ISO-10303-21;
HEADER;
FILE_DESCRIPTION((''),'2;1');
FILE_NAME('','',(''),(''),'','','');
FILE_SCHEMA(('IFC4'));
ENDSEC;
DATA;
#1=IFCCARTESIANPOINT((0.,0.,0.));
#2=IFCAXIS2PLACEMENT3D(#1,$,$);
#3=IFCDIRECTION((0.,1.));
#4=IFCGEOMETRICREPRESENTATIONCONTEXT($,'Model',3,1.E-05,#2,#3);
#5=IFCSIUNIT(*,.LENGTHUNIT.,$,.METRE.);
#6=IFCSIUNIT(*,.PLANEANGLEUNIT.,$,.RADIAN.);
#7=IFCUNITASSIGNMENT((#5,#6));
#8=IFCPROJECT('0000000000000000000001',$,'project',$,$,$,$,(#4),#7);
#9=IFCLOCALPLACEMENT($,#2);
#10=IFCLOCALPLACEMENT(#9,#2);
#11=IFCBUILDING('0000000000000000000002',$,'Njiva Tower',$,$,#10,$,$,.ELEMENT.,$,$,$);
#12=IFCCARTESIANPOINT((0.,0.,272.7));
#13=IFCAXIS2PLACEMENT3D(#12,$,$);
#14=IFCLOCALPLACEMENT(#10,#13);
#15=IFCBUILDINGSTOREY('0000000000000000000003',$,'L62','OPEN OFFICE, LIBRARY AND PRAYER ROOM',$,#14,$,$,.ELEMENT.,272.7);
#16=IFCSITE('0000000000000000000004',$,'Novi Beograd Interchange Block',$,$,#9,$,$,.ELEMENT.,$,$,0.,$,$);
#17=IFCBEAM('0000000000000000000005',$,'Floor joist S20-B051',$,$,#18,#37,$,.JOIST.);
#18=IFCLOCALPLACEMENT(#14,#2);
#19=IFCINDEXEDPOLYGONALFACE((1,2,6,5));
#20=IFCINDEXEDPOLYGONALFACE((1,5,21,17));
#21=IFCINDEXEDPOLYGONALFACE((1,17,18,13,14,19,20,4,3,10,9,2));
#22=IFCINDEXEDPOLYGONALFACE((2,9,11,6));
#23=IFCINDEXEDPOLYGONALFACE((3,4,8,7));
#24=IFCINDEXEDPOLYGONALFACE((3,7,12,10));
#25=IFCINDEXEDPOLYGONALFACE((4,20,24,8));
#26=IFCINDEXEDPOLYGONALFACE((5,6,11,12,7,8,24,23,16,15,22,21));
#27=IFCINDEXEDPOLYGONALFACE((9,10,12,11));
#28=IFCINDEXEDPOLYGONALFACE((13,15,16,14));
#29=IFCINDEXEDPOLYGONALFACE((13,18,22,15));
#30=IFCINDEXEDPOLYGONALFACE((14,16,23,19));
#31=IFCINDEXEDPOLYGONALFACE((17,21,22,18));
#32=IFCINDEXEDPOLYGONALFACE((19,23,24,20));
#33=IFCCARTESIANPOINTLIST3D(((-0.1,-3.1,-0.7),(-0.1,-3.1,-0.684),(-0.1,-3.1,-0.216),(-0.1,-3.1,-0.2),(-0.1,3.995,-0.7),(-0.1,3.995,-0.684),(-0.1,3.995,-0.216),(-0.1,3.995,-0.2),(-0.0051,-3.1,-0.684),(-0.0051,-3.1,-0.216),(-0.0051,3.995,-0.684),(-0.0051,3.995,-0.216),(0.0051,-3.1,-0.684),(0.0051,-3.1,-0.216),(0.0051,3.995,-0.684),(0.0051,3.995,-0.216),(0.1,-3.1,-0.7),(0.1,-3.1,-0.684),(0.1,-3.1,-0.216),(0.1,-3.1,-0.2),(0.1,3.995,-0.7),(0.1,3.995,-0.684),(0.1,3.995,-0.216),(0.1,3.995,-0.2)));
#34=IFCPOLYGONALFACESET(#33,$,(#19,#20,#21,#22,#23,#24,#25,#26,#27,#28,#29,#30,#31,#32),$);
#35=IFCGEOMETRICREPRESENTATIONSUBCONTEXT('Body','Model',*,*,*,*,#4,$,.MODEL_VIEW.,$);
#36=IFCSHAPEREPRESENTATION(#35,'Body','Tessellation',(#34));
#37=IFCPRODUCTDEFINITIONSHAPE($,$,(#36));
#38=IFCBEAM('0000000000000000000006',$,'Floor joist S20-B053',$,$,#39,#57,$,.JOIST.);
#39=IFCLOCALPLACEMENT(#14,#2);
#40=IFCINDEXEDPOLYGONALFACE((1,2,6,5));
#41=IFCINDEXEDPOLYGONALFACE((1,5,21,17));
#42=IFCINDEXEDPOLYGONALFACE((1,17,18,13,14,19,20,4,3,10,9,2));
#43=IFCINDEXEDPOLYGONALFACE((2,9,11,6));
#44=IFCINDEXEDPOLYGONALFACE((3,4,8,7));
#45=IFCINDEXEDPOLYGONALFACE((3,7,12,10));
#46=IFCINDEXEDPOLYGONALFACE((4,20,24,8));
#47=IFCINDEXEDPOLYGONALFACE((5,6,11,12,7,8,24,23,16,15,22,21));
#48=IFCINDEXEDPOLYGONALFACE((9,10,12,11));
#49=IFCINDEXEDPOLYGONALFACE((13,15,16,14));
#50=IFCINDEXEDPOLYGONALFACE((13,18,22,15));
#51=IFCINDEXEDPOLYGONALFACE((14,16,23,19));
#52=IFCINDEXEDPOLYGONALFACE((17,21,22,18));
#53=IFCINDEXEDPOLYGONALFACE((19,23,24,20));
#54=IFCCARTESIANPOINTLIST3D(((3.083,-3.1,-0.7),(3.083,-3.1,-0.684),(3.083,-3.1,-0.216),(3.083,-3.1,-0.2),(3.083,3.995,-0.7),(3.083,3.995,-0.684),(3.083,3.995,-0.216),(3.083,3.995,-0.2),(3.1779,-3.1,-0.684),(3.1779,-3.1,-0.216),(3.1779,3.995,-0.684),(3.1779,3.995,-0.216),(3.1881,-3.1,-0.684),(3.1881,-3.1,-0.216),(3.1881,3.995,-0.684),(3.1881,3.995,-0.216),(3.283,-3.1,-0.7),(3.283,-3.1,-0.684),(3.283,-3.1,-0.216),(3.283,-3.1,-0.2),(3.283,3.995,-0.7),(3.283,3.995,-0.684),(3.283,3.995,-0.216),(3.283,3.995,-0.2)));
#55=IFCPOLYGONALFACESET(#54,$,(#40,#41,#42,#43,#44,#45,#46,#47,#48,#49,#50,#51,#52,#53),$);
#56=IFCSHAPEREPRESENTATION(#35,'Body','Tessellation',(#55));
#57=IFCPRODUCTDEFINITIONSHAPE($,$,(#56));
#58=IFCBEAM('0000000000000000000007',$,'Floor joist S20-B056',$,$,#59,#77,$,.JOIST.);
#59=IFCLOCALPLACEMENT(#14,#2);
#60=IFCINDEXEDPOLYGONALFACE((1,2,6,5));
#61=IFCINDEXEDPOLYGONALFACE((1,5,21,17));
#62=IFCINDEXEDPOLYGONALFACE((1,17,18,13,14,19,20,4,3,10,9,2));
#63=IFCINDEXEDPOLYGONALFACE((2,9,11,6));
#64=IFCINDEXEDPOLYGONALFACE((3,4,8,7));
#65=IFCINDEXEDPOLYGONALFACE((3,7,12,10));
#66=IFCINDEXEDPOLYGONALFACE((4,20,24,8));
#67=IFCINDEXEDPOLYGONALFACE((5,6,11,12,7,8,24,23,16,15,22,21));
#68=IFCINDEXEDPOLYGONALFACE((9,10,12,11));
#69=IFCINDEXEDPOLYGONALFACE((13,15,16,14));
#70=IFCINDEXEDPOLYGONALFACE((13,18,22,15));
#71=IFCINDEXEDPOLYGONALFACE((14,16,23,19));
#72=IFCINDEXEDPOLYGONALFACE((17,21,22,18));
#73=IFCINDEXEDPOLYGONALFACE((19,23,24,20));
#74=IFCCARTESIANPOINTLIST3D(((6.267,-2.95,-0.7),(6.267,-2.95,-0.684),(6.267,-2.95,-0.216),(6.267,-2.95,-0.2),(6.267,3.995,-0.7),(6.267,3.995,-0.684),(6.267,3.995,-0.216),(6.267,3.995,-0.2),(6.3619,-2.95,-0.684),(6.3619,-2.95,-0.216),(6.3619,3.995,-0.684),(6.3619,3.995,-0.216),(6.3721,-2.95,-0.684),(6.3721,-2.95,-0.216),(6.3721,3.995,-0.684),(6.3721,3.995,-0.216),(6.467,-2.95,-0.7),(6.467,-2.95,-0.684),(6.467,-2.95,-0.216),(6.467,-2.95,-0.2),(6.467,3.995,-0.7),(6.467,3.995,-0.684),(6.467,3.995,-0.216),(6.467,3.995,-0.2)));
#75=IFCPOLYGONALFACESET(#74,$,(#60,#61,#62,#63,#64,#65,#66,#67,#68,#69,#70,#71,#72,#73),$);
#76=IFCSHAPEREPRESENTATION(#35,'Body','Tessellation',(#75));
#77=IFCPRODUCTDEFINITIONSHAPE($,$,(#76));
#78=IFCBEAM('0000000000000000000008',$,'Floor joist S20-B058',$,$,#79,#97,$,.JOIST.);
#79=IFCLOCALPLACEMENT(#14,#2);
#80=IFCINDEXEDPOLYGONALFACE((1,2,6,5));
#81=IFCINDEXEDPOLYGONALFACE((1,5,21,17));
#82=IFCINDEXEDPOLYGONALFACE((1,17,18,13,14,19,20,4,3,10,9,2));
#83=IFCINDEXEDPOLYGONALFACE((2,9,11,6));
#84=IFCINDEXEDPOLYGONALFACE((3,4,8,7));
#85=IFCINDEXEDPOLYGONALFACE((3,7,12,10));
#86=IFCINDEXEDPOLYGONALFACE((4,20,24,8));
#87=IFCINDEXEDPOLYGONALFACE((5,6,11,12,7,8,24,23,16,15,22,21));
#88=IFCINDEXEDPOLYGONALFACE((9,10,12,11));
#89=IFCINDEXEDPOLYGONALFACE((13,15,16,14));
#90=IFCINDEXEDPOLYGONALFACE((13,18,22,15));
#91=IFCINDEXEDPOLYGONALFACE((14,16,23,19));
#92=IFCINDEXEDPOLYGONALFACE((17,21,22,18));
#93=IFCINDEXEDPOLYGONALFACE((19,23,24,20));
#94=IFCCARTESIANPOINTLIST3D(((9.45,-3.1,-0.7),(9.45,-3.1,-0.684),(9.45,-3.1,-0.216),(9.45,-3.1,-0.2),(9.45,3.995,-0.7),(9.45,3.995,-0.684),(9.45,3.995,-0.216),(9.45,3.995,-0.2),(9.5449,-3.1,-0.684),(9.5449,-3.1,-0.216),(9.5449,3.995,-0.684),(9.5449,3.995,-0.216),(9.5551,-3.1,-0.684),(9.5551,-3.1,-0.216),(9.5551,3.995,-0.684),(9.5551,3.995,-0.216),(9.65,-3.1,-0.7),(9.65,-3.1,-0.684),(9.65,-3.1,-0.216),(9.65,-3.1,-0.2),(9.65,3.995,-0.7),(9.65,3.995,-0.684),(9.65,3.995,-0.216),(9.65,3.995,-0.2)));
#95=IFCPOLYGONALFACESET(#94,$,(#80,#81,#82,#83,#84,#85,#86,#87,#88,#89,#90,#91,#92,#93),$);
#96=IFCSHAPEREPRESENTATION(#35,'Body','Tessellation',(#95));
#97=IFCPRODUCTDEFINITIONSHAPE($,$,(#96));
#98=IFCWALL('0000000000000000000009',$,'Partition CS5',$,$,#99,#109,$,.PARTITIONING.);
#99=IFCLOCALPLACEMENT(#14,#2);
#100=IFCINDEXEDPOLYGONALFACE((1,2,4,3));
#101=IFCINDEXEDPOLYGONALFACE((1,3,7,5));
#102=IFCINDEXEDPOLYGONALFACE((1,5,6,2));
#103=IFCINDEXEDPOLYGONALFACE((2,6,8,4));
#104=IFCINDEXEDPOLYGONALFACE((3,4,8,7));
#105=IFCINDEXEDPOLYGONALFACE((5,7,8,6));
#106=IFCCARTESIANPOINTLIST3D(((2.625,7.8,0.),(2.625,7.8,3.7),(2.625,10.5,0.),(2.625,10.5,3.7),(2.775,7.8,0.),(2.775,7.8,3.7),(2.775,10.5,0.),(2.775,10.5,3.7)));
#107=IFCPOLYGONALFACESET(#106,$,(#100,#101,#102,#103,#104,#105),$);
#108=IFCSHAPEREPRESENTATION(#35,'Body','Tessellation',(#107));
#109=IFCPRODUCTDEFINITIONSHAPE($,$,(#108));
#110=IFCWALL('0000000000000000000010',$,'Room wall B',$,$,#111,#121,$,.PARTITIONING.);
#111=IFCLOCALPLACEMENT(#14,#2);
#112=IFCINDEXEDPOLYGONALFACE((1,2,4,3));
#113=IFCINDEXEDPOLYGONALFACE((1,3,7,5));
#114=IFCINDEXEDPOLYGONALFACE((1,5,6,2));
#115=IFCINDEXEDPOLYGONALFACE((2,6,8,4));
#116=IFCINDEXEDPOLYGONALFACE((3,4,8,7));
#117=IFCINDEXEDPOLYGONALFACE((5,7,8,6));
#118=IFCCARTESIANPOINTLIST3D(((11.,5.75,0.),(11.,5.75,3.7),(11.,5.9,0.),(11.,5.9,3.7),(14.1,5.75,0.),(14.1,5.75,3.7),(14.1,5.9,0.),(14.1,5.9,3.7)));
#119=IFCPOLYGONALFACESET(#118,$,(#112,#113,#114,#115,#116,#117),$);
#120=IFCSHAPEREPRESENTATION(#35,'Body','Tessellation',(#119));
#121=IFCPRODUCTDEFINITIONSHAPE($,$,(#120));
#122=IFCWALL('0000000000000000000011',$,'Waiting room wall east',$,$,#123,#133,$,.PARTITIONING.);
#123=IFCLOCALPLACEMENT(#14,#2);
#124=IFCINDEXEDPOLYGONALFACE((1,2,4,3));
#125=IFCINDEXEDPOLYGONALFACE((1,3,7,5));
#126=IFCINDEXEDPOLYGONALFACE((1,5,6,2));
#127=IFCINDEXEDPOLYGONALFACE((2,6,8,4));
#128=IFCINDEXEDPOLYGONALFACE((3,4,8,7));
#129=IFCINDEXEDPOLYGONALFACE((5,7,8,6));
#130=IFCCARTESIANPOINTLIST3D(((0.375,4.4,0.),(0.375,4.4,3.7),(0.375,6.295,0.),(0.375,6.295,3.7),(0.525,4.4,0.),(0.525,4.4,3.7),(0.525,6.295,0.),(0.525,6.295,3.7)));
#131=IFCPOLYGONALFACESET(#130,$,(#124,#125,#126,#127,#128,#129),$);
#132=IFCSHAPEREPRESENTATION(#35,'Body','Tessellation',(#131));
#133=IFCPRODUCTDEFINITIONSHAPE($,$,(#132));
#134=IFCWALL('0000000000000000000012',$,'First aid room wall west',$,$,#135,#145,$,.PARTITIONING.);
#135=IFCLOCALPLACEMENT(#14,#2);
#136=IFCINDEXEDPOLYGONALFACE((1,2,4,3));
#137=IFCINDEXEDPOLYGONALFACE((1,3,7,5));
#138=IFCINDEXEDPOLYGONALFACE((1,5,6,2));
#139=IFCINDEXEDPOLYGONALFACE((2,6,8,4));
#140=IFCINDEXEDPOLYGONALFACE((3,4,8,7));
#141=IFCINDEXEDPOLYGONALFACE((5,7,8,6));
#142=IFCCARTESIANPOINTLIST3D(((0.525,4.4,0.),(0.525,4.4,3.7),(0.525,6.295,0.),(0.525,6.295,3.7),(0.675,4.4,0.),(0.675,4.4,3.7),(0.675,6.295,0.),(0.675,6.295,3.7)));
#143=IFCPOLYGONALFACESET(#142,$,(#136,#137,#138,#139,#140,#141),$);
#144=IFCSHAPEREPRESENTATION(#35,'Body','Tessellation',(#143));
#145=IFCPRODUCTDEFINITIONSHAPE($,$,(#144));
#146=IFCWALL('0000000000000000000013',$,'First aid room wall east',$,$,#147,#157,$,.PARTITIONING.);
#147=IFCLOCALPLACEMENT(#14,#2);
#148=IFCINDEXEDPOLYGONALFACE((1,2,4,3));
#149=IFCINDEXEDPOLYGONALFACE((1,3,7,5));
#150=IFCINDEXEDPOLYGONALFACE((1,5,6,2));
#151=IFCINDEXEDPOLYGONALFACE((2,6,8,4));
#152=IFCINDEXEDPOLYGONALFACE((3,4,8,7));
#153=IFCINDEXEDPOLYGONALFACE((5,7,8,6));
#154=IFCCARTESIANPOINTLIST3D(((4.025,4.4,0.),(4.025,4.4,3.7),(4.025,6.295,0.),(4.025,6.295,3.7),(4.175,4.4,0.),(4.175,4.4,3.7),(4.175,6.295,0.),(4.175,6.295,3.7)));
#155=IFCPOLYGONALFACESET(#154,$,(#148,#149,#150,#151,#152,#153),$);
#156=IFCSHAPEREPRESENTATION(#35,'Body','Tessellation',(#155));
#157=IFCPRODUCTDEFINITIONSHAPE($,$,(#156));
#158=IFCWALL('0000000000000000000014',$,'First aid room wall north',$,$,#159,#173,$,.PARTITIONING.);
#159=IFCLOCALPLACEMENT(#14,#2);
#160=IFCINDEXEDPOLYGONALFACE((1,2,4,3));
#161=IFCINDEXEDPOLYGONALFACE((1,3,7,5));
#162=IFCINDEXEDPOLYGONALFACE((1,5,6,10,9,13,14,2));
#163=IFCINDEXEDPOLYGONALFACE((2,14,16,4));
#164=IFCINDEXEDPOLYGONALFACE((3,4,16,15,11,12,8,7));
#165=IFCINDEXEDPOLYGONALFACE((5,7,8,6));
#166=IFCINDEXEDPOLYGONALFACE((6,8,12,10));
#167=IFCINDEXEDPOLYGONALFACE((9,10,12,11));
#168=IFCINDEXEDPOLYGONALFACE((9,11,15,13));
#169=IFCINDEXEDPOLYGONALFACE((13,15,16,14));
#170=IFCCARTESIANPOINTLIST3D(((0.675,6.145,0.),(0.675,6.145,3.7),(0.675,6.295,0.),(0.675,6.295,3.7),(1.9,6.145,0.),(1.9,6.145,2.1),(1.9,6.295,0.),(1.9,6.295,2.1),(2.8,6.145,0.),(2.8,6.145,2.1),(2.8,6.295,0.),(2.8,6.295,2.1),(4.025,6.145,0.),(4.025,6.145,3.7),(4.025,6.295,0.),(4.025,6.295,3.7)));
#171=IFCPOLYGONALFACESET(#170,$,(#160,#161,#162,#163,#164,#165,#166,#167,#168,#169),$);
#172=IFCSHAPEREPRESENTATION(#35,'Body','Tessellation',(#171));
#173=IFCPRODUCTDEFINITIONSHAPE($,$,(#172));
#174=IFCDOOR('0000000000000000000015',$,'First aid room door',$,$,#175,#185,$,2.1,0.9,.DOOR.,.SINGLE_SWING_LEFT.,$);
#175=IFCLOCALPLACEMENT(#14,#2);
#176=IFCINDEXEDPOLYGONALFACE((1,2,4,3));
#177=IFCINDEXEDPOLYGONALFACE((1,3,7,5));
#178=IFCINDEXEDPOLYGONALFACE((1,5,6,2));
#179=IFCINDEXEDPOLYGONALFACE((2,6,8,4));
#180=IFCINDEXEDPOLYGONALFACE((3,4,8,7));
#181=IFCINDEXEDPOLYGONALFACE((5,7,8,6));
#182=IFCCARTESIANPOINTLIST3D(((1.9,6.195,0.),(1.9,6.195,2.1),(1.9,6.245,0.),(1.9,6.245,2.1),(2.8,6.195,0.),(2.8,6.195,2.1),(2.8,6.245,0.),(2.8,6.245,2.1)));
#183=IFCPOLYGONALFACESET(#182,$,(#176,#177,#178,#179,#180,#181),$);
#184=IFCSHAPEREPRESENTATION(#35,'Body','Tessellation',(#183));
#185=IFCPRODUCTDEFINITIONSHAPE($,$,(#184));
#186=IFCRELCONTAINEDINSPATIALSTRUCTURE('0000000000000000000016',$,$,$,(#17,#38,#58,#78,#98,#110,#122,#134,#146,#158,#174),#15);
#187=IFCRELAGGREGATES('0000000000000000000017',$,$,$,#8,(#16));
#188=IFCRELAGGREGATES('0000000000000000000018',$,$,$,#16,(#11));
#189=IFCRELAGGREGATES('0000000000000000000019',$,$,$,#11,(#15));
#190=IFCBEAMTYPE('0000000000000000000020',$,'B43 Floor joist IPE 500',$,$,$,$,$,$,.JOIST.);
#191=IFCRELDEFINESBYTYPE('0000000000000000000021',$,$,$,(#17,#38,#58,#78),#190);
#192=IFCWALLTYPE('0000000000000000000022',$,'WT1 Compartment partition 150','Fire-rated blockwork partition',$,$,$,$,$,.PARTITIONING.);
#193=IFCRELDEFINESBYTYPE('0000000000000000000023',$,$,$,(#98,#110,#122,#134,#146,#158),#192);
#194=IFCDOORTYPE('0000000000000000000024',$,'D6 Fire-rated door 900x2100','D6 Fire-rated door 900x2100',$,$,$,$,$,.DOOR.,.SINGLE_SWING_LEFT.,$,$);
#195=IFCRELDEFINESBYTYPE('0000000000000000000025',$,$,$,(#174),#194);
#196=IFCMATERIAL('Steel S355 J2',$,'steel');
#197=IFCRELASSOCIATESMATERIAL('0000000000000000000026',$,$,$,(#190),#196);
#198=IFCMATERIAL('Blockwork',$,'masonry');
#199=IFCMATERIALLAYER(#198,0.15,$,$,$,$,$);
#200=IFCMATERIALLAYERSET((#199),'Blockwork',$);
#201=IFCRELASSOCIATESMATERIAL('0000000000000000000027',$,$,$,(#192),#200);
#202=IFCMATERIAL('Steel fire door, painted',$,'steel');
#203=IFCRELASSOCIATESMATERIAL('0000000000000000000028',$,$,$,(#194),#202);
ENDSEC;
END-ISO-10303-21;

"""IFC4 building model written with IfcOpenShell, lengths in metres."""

from ifc_helpers import new_model, si_unit, direction, frame, frame_2d, origin, origin_2d, place, context, subcontext, project, spatial, rectangle, i_section, extrude, material, layer, layer_set, material_profile, profile_set, type_object, element, fill, save


model = new_model("IFC4")

# Units and contexts
model_context = context("Model", 3, precision=1e-05, world=origin(), true_north=direction((0.0, 1.0)))
body_context = subcontext(model_context, "Body", "Model", "MODEL_VIEW")
ifc_project = project(units=[si_unit("LENGTHUNIT", "METRE"), si_unit("PLANEANGLEUNIT", "RADIAN")], contexts=[model_context])

# Site, building, storey
site_placement = place(None, origin())
site = spatial("IfcSite", under=ifc_project, at=site_placement, Name="Novi Beograd Interchange Block", CompositionType="ELEMENT", RefElevation=0.0)
building_placement = place(site_placement, origin())
building = spatial("IfcBuilding", under=site, at=building_placement, Name="Njiva Tower", CompositionType="ELEMENT")
storey_placement = place(building_placement, frame((0.0, 0.0, 272.7)))
storey = spatial("IfcBuildingStorey", under=building, at=storey_placement, Name="L62", Description="OPEN OFFICE, LIBRARY AND PRAYER ROOM", CompositionType="ELEMENT", Elevation=272.7)

# Beams
ifc_material_1 = material(Name="Steel S355 J2", Category="steel")
ifc_material_profile = material_profile(ifc_material_1, i_section(OverallWidth=0.2, OverallDepth=0.5, WebThickness=0.0102, FlangeThickness=0.016, at=origin_2d()), Name="IPE 500")
ifc_profile_set = profile_set([ifc_material_profile], Name="Steel S355 J2")
beam_type = type_object("IfcBeamType", Name="B43 Floor joist IPE 500", PredefinedType="JOIST", material=ifc_profile_set)
for number, where, z_axis, x_axis, name in (
    (1, (0.0, 3.995, -0.45), (0.0, -1.0, 0.0), (1.0, 0.0, 0.0), "Floor joist S20-B051"),
    (2, (3.183, 3.995, -0.45), (0.0, -1.0, 0.0), (1.0, 0.0, 0.0), "Floor joist S20-B053"),
):
    element("IfcBeam", number, at=place(storey_placement, frame(where, z_axis=z_axis, x_axis=x_axis)), inside=storey, type_object=beam_type, Name=name, PredefinedType="JOIST", context=body_context, shape_type="SweptSolid", body=[
        extrude(i_section(OverallWidth=0.2, OverallDepth=0.5, WebThickness=0.0102, FlangeThickness=0.016, at=origin_2d()), origin(), (0.0, 0.0, 1.0), 7.095),
    ])
beam_1_placement = place(storey_placement, frame((6.367, 3.995, -0.45), z_axis=(0.0, -1.0, 0.0), x_axis=(1.0, 0.0, 0.0)))
element("IfcBeam", 3, at=beam_1_placement, inside=storey, type_object=beam_type, Name="Floor joist S20-B056", PredefinedType="JOIST", context=body_context, shape_type="SweptSolid", body=[
    extrude(i_section(OverallWidth=0.2, OverallDepth=0.5, WebThickness=0.0102, FlangeThickness=0.016, at=origin_2d()), origin(), (0.0, 0.0, 1.0), 6.945),
])
beam_2_placement = place(storey_placement, frame((9.55, 3.995, -0.45), z_axis=(0.0, -1.0, 0.0), x_axis=(1.0, 0.0, 0.0)))
element("IfcBeam", 4, at=beam_2_placement, inside=storey, type_object=beam_type, Name="Floor joist S20-B058", PredefinedType="JOIST", context=body_context, shape_type="SweptSolid", body=[
    extrude(i_section(OverallWidth=0.2, OverallDepth=0.5, WebThickness=0.0102, FlangeThickness=0.016, at=origin_2d()), origin(), (0.0, 0.0, 1.0), 7.095),
])

# Walls
ifc_material_2 = material(Name="Blockwork", Category="masonry")
ifc_layer_1 = layer(ifc_material_2, 0.15)
ifc_layer_set_1 = layer_set([ifc_layer_1], Name="Blockwork")
wall_type_1 = type_object("IfcWallType", Name="WT1 Compartment partition 150", Description="Fire-rated blockwork partition", PredefinedType="PARTITIONING", material=ifc_layer_set_1)
wall_1_placement = place(storey_placement, frame((2.7, 7.8, 0.0), z_axis=(0.0, 0.0, 1.0), x_axis=(0.0, 1.0, 0.0)))
element("IfcWall", 5, at=wall_1_placement, inside=storey, type_object=wall_type_1, Name="Partition CS5", PredefinedType="PARTITIONING", context=body_context, shape_type="SweptSolid", body=[
    extrude(rectangle(XDim=2.7, YDim=0.15, at=frame_2d((1.35, 0.0))), origin(), (0.0, 0.0, 1.0), 3.7),
])
wall_2_placement = place(storey_placement, frame((11.0, 5.825, 0.0), z_axis=(0.0, 0.0, 1.0), x_axis=(1.0, 0.0, 0.0)))
element("IfcWall", 6, at=wall_2_placement, inside=storey, type_object=wall_type_1, Name="Room wall B", PredefinedType="PARTITIONING", context=body_context, shape_type="SweptSolid", body=[
    extrude(rectangle(XDim=3.1, YDim=0.15, at=frame_2d((1.55, 0.0))), origin(), (0.0, 0.0, 1.0), 3.7),
])
for number, where, z_axis, x_axis, name in (
    (7, (0.45, 4.4, 0.0), (0.0, 0.0, 1.0), (0.0, 1.0, 0.0), "Waiting room wall east"),
    (8, (0.6, 4.4, 0.0), (0.0, 0.0, 1.0), (0.0, 1.0, 0.0), "First aid room wall west"),
    (9, (4.1, 4.4, 0.0), (0.0, 0.0, 1.0), (0.0, 1.0, 0.0), "First aid room wall east"),
):
    element("IfcWall", number, at=place(storey_placement, frame(where, z_axis=z_axis, x_axis=x_axis)), inside=storey, type_object=wall_type_1, Name=name, PredefinedType="PARTITIONING", context=body_context, shape_type="SweptSolid", body=[
        extrude(rectangle(XDim=1.895, YDim=0.15, at=frame_2d((0.9475, 0.0))), origin(), (0.0, 0.0, 1.0), 3.7),
    ])

# Wall, opening, door
wall_3_placement = place(storey_placement, frame((0.675, 6.22, 0.0), z_axis=(0.0, 0.0, 1.0), x_axis=(1.0, 0.0, 0.0)))
wall_3 = element("IfcWall", 10, at=wall_3_placement, inside=storey, type_object=wall_type_1, Name="First aid room wall north", PredefinedType="PARTITIONING", context=body_context, shape_type="SweptSolid", body=[
    extrude(rectangle(XDim=3.35, YDim=0.15, at=frame_2d((1.675, 0.0))), origin(), (0.0, 0.0, 1.0), 3.7),
])
opening_1_placement = place(wall_3_placement, frame((1.225, 0.0, 0.0)))
opening_1 = element("IfcOpeningElement", 11, at=opening_1_placement, cuts=wall_3, PredefinedType="OPENING", context=body_context, shape_type="SweptSolid", body=[
    extrude(rectangle(XDim=0.9, YDim=2.1, at=frame_2d((0.45, 1.05))), frame((0.0, 0.085, 0.0), z_axis=(0.0, -1.0, 0.0), x_axis=(1.0, 0.0, 0.0)), (0.0, 0.0, 1.0), 0.17),
])
ifc_material_3 = material(Name="Steel fire door, painted", Category="steel")
door_type_1 = type_object("IfcDoorType", Name="D6 Fire-rated door 900x2100", Description="D6 Fire-rated door 900x2100", OperationType="SINGLE_SWING_LEFT", PredefinedType="DOOR", material=ifc_material_3)
door_1_placement = place(opening_1_placement, origin())
door_1 = element("IfcDoor", 12, at=door_1_placement, inside=storey, type_object=door_type_1, Name="First aid room door", OperationType="SINGLE_SWING_LEFT", OverallHeight=2.1, OverallWidth=0.9, PredefinedType="DOOR", context=body_context, shape_type="SweptSolid", body=[
    extrude(rectangle(XDim=0.9, YDim=2.1, at=frame_2d((0.45, 1.05))), frame((0.0, 0.025, 0.0), z_axis=(0.0, -1.0, 0.0), x_axis=(1.0, 0.0, 0.0)), (0.0, 0.0, 1.0), 0.05),
])
fill(opening_1, door_1)

save(model, "model.ifc")
